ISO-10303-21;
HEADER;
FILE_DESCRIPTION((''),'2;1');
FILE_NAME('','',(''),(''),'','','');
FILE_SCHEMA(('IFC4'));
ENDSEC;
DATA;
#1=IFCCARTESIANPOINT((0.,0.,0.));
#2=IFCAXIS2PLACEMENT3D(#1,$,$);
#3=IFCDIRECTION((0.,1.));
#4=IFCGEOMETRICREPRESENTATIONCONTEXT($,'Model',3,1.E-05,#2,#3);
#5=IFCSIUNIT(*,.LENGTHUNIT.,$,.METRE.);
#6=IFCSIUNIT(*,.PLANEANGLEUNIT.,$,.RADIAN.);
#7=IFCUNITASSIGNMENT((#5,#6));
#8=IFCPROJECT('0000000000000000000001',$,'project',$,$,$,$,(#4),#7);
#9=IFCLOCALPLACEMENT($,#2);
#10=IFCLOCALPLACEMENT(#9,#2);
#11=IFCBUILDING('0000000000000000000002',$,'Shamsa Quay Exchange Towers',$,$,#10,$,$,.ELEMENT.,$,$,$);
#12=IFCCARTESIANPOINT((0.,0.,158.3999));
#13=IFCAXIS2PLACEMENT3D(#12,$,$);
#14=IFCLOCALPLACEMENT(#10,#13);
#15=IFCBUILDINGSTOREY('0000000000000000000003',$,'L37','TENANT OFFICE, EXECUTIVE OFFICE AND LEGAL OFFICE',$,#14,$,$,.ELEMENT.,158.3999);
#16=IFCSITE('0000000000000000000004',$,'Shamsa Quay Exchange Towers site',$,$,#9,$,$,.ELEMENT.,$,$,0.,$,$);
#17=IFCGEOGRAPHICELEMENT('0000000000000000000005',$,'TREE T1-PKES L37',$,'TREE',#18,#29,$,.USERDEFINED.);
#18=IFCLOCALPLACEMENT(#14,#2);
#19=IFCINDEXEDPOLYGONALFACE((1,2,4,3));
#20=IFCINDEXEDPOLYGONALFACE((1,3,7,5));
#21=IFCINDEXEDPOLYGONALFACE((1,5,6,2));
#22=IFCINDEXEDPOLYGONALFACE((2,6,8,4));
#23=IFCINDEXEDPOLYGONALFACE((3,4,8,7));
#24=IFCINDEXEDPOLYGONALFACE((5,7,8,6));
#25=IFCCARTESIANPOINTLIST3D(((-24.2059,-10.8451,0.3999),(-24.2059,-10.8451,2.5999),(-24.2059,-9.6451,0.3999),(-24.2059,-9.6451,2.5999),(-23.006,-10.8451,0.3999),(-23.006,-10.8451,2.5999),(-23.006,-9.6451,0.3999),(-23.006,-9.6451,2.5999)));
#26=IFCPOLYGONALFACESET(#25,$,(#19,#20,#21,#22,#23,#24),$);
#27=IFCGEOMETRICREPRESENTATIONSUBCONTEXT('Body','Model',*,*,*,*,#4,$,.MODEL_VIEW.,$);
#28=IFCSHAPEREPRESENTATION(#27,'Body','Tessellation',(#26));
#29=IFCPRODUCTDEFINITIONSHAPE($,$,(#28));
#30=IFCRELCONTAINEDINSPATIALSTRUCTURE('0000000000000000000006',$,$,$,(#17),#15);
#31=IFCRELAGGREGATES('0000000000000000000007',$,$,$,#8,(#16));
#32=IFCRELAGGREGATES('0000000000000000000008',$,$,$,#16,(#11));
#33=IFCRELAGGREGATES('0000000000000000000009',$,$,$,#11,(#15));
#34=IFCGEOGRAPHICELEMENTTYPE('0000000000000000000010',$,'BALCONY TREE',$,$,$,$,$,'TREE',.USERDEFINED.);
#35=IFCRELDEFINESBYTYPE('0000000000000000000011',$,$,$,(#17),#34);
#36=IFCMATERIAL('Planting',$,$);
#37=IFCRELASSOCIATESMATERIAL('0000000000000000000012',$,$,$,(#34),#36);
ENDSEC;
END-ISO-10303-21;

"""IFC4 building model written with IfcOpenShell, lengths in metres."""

from ifc_helpers import new_model, si_unit, direction, frame, origin, origin_2d, place, context, subcontext, project, spatial, rectangle, extrude, material, type_object, element, save


model = new_model("IFC4")

# Units and contexts
model_context = context("Model", 3, precision=1e-05, world=origin(), true_north=direction((0.0, 1.0)))
body_context = subcontext(model_context, "Body", "Model", "MODEL_VIEW")
ifc_project = project(units=[si_unit("LENGTHUNIT", "METRE"), si_unit("PLANEANGLEUNIT", "RADIAN")], contexts=[model_context])

# Site, building, storey
site_placement = place(None, origin())
site = spatial("IfcSite", under=ifc_project, at=site_placement, Name="Shamsa Quay Exchange Towers site", CompositionType="ELEMENT", RefElevation=0.0)
building_placement = place(site_placement, origin())
building = spatial("IfcBuilding", under=site, at=building_placement, Name="Shamsa Quay Exchange Towers", CompositionType="ELEMENT")
storey_placement = place(building_placement, frame((0.0, 0.0, 158.3999)))
storey = spatial("IfcBuildingStorey", under=building, at=storey_placement, Name="L37", Description="TENANT OFFICE, EXECUTIVE OFFICE AND LEGAL OFFICE", CompositionType="ELEMENT", Elevation=158.3999)

# Geographic element
ifc_material_1 = material(Name="Planting")
geographic_element_type = type_object("IfcGeographicElementType", Name="BALCONY TREE", ElementType="TREE", PredefinedType="USERDEFINED", material=ifc_material_1)
geographic_element_placement = place(storey_placement, frame((-23.606, -10.2451, 0.3999)))
element("IfcGeographicElement", 1, at=geographic_element_placement, inside=storey, type_object=geographic_element_type, Name="TREE T1-PKES L37", ObjectType="TREE", PredefinedType="USERDEFINED", context=body_context, shape_type="SweptSolid", body=[
    extrude(rectangle(XDim=1.2, YDim=1.2, at=origin_2d()), origin(), (0.0, 0.0, 1.0), 2.2),
])

save(model, "model.ifc")
